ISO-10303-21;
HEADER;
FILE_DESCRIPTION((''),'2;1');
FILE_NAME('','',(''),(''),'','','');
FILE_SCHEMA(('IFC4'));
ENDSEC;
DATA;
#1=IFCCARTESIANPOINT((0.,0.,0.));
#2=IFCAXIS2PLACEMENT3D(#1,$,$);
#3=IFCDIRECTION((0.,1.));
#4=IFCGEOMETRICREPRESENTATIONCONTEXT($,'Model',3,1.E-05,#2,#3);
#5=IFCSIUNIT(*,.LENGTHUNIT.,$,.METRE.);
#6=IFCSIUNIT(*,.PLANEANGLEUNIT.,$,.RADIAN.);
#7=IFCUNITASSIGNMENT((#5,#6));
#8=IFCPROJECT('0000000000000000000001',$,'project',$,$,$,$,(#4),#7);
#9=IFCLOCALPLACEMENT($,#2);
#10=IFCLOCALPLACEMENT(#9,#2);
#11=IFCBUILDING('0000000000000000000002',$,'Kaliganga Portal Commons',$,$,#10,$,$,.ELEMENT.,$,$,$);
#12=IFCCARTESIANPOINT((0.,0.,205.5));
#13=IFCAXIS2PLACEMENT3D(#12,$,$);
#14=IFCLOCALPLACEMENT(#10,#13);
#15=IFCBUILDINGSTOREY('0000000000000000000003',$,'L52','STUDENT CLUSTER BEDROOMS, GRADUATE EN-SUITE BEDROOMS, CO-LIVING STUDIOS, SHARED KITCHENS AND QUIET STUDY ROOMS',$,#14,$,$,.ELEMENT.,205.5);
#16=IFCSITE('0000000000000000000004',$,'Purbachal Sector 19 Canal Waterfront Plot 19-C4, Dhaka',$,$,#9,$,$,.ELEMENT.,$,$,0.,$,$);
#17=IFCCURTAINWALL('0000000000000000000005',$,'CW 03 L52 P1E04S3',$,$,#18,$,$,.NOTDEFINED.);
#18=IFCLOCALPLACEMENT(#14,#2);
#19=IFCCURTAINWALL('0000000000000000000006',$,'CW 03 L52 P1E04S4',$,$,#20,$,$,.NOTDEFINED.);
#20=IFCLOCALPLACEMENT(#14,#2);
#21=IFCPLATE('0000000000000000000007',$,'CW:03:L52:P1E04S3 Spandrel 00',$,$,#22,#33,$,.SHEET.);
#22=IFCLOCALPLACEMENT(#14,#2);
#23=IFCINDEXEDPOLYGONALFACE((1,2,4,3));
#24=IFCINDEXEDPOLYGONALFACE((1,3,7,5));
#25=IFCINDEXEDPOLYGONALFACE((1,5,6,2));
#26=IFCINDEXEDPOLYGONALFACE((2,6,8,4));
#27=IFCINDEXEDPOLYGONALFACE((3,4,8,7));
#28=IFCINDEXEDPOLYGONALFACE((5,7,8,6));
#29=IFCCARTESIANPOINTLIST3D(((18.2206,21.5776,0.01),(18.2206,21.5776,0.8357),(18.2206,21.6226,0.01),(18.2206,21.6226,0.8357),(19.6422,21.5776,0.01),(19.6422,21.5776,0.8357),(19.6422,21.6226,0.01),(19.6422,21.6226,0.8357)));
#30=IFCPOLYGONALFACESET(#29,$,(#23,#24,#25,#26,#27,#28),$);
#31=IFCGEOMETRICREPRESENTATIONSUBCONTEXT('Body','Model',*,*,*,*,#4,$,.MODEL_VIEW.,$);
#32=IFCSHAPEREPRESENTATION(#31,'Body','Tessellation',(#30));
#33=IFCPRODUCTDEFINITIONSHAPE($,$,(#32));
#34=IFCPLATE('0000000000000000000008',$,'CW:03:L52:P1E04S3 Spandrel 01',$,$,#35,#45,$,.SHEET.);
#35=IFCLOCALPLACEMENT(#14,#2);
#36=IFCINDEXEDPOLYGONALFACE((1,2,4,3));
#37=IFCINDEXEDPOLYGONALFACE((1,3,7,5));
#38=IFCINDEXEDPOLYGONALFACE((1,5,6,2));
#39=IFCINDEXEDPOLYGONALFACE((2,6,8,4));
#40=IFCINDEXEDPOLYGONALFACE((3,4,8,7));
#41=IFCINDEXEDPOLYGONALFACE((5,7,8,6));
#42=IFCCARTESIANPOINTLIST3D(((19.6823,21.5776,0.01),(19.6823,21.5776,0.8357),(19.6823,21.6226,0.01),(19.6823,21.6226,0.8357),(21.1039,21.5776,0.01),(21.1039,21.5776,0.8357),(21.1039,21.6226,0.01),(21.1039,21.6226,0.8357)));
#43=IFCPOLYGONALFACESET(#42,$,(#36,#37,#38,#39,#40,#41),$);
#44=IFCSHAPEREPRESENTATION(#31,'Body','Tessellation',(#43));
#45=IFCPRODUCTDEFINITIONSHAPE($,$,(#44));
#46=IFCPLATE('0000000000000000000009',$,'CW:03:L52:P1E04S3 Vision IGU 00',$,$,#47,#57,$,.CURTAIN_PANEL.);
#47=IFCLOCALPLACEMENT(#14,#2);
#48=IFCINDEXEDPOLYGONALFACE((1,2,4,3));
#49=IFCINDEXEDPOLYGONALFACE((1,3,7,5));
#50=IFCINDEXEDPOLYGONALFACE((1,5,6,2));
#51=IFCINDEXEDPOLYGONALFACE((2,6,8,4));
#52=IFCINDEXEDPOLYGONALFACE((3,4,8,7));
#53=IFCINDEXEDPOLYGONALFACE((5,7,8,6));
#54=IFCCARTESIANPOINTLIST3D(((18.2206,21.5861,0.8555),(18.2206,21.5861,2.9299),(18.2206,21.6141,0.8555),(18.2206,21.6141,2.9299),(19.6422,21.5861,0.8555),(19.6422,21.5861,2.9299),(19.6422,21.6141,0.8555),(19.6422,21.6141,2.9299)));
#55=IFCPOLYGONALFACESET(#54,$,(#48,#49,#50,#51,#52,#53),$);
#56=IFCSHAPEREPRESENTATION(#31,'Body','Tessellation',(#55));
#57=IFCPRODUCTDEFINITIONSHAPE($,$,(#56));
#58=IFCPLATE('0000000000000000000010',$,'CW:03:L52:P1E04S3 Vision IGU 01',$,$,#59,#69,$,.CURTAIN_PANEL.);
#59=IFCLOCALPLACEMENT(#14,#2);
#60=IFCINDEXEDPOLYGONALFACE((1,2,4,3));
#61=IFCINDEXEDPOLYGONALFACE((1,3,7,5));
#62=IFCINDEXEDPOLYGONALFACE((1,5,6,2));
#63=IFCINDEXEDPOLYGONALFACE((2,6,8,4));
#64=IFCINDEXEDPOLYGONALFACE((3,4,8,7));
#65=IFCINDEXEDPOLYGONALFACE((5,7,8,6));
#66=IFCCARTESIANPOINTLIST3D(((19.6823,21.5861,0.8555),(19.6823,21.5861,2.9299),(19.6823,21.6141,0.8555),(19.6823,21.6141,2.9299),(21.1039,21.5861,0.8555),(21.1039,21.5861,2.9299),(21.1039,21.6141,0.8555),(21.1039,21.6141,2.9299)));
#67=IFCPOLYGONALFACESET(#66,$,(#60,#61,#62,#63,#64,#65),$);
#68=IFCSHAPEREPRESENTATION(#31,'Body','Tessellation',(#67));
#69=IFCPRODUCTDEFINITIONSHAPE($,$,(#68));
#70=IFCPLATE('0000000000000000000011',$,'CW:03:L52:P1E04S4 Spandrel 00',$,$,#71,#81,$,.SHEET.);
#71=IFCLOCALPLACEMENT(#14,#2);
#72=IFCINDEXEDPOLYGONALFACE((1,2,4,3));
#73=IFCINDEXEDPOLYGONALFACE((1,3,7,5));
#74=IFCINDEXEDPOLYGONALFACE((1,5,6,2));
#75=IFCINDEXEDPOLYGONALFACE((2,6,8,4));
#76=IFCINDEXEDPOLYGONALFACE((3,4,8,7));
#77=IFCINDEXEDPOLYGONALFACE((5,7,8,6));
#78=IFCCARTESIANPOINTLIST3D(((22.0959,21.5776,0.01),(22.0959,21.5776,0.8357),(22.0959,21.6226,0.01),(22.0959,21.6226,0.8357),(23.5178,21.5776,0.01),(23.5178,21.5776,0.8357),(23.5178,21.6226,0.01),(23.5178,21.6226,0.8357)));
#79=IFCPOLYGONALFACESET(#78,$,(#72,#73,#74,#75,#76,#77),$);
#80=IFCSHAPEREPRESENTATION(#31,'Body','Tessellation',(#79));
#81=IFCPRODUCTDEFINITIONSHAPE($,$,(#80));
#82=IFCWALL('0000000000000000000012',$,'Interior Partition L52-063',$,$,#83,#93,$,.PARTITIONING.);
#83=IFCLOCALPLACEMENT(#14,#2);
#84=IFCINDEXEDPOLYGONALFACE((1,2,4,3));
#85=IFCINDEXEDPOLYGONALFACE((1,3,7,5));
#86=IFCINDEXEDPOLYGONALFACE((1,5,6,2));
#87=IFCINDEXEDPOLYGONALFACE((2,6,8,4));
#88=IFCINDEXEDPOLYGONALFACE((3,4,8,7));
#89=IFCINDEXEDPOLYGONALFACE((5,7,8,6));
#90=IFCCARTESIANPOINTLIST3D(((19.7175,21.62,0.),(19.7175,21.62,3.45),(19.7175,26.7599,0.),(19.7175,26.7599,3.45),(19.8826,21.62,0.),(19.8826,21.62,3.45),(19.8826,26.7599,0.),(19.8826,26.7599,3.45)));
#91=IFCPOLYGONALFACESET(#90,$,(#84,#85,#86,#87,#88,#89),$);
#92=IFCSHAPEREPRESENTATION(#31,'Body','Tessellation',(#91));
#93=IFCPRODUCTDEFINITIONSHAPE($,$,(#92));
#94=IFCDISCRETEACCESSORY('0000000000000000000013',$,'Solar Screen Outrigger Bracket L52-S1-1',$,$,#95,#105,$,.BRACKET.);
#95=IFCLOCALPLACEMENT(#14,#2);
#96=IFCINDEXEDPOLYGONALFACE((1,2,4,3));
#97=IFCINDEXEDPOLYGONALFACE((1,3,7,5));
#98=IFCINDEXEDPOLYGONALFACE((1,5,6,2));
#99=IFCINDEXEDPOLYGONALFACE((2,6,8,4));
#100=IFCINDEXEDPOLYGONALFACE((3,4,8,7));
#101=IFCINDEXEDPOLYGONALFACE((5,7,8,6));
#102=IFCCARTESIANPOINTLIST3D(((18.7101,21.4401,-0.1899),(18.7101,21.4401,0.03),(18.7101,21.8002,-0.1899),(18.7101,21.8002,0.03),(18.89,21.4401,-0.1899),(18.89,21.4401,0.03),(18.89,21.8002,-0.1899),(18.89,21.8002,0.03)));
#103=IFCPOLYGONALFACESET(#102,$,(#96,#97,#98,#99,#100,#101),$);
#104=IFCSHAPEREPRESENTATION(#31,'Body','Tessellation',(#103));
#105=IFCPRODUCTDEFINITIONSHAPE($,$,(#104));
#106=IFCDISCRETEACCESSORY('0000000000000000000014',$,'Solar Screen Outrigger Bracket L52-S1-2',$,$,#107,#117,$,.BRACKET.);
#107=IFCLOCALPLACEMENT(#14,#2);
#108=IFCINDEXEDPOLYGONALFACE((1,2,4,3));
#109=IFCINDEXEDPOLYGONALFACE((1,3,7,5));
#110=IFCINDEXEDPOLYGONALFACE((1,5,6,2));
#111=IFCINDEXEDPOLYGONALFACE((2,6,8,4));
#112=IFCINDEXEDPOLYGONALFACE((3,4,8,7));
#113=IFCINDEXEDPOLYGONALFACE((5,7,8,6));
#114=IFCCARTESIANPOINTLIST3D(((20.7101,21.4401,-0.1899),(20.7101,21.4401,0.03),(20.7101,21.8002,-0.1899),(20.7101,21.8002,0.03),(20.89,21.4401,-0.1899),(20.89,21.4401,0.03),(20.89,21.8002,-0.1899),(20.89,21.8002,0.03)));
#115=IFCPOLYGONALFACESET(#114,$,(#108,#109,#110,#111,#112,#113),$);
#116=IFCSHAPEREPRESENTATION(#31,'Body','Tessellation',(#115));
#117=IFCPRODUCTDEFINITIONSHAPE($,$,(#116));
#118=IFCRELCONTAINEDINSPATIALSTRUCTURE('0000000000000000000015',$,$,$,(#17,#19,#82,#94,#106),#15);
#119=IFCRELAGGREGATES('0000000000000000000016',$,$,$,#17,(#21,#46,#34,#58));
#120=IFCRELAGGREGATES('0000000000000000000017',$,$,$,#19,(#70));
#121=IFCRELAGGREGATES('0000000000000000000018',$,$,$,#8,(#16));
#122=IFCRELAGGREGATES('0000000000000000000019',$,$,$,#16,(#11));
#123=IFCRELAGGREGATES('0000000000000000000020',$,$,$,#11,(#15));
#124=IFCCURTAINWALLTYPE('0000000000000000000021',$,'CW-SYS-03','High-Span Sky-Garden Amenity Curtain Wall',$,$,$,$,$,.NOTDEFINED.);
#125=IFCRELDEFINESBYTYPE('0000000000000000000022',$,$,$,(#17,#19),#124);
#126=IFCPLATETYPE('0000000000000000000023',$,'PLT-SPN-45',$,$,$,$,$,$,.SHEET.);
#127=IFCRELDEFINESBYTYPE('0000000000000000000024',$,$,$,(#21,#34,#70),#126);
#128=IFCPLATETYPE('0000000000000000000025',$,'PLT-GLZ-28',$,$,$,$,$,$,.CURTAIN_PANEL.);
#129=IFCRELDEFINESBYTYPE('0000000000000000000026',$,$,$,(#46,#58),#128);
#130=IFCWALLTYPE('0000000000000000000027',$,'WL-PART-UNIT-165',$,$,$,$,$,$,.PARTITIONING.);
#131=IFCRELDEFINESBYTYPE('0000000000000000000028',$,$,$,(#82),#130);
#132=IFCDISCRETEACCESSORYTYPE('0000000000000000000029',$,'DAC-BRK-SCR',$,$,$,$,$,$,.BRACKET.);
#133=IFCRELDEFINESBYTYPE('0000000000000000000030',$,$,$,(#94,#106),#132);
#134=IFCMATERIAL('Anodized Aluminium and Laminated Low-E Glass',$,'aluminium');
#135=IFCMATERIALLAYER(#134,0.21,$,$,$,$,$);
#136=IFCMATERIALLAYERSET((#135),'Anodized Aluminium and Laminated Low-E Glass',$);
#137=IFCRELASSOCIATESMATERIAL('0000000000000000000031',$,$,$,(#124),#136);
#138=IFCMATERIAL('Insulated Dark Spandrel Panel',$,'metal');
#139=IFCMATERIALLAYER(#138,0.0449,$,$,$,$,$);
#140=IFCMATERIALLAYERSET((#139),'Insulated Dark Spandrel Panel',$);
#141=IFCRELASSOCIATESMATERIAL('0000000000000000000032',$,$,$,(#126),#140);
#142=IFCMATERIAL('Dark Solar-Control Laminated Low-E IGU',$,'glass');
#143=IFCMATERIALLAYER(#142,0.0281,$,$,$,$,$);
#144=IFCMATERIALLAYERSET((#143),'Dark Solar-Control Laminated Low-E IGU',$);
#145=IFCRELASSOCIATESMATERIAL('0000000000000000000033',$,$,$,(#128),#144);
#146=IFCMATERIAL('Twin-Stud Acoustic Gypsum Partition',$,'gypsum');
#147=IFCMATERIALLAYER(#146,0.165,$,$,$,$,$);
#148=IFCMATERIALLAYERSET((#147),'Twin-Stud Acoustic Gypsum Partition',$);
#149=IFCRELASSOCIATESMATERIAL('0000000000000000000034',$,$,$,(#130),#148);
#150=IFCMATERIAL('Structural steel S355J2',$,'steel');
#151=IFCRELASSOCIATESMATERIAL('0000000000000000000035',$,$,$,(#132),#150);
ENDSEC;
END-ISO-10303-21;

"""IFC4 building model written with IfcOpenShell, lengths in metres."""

from ifc_helpers import new_model, si_unit, direction, frame, frame_2d, origin, origin_2d, place, context, subcontext, project, spatial, rectangle, extrude, source, transform, mapped, material, layer, layer_set, type_object, element, aggregate, save


model = new_model("IFC4")

# Units and contexts
model_context = context("Model", 3, precision=1e-05, world=origin(), true_north=direction((0.0, 1.0)))
body_context = subcontext(model_context, "Body", "Model", "MODEL_VIEW")
ifc_project = project(units=[si_unit("LENGTHUNIT", "METRE"), si_unit("PLANEANGLEUNIT", "RADIAN")], contexts=[model_context])

# Site, building, storey
site_placement = place(None, origin())
site = spatial("IfcSite", under=ifc_project, at=site_placement, Name="Purbachal Sector 19 Canal Waterfront Plot 19-C4, Dhaka", CompositionType="ELEMENT", RefElevation=0.0)
building_placement = place(site_placement, origin())
building = spatial("IfcBuilding", under=site, at=building_placement, Name="Kaliganga Portal Commons", CompositionType="ELEMENT")
storey_placement = place(building_placement, frame((0.0, 0.0, 205.5)))
storey = spatial("IfcBuildingStorey", under=building, at=storey_placement, Name="L52", Description="STUDENT CLUSTER BEDROOMS, GRADUATE EN-SUITE BEDROOMS, CO-LIVING STUDIOS, SHARED KITCHENS AND QUIET STUDY ROOMS", CompositionType="ELEMENT", Elevation=205.5)

# Shared definitions
ifc_material_1 = material(Name="Structural steel S355J2", Category="steel")

# Curtain wall
ifc_material_2 = material(Name="Anodized Aluminium and Laminated Low-E Glass", Category="aluminium")
ifc_layer_1 = layer(ifc_material_2, 0.21)
ifc_layer_set_1 = layer_set([ifc_layer_1], Name="Anodized Aluminium and Laminated Low-E Glass")
curtain_wall_type = type_object("IfcCurtainWallType", Name="CW-SYS-03", Description="High-Span Sky-Garden Amenity Curtain Wall", PredefinedType="NOTDEFINED", material=ifc_layer_set_1)
curtain_wall_1_placement = place(storey_placement, origin())
curtain_wall_1 = element("IfcCurtainWall", 1, at=curtain_wall_1_placement, inside=storey, type_object=curtain_wall_type, Name="CW 03 L52 P1E04S3", PredefinedType="NOTDEFINED")

# Curtain wall
curtain_wall_2_placement = place(storey_placement, origin())
curtain_wall_2 = element("IfcCurtainWall", 2, at=curtain_wall_2_placement, inside=storey, type_object=curtain_wall_type, Name="CW 03 L52 P1E04S4", PredefinedType="NOTDEFINED")

# Plates
ifc_material_3 = material(Name="Insulated Dark Spandrel Panel", Category="metal")
ifc_layer_2 = layer(ifc_material_3, 0.0449)
ifc_layer_set_2 = layer_set([ifc_layer_2], Name="Insulated Dark Spandrel Panel")
plate_type_1 = type_object("IfcPlateType", Name="PLT-SPN-45", PredefinedType="SHEET", material=ifc_layer_set_2)
shared_shape_1 = source(origin(), body_context, "Body", "SweptSolid", [
    extrude(rectangle(XDim=1.4216, YDim=0.0449, at=origin_2d()), origin(), (0.0, 0.0, 1.0), 0.8257),
])
plate_1_placement = place(storey_placement, frame((18.9314, 21.6001, 0.01), z_axis=(0.0, 0.0, 1.0), x_axis=(1.0, 0.0, 0.0)))
plate_1 = element("IfcPlate", 3, at=plate_1_placement, type_object=plate_type_1, Name="CW:03:L52:P1E04S3 Spandrel 00", PredefinedType="SHEET", context=body_context, shape_type="MappedRepresentation", body=[
    mapped(shared_shape_1, transform((0.0, 0.0, 0.0), x_axis=(1.0, 0.0, 0.0), y_axis=(0.0, 1.0, 0.0), z_axis=(0.0, 0.0, 1.0), scale=1.0)),
])
plate_2_placement = place(storey_placement, frame((20.3931, 21.6001, 0.01), z_axis=(0.0, 0.0, 1.0), x_axis=(1.0, 0.0, 0.0)))
plate_2 = element("IfcPlate", 4, at=plate_2_placement, type_object=plate_type_1, Name="CW:03:L52:P1E04S3 Spandrel 01", PredefinedType="SHEET", context=body_context, shape_type="MappedRepresentation", body=[
    mapped(shared_shape_1, transform((0.0, 0.0, 0.0), x_axis=(1.0, 0.0, 0.0), y_axis=(0.0, 1.0, 0.0), z_axis=(0.0, 0.0, 1.0), scale=1.0)),
])
ifc_material_4 = material(Name="Dark Solar-Control Laminated Low-E IGU", Category="glass")
ifc_layer_3 = layer(ifc_material_4, 0.0281)
ifc_layer_set_3 = layer_set([ifc_layer_3], Name="Dark Solar-Control Laminated Low-E IGU")
plate_type_2 = type_object("IfcPlateType", Name="PLT-GLZ-28", PredefinedType="CURTAIN_PANEL", material=ifc_layer_set_3)
shared_shape_2 = source(origin(), body_context, "Body", "SweptSolid", [
    extrude(rectangle(XDim=1.4216, YDim=0.0281, at=origin_2d()), origin(), (0.0, 0.0, 1.0), 2.0745),
])
plate_3_placement = place(storey_placement, frame((18.9314, 21.6001, 0.8555), z_axis=(0.0, 0.0, 1.0), x_axis=(1.0, 0.0, 0.0)))
plate_3 = element("IfcPlate", 5, at=plate_3_placement, type_object=plate_type_2, Name="CW:03:L52:P1E04S3 Vision IGU 00", PredefinedType="CURTAIN_PANEL", context=body_context, shape_type="MappedRepresentation", body=[
    mapped(shared_shape_2, transform((0.0, 0.0, 0.0), x_axis=(1.0, 0.0, 0.0), y_axis=(0.0, 1.0, 0.0), z_axis=(0.0, 0.0, 1.0), scale=1.0)),
])
plate_4_placement = place(storey_placement, frame((20.3931, 21.6001, 0.8555), z_axis=(0.0, 0.0, 1.0), x_axis=(1.0, 0.0, 0.0)))
plate_4 = element("IfcPlate", 6, at=plate_4_placement, type_object=plate_type_2, Name="CW:03:L52:P1E04S3 Vision IGU 01", PredefinedType="CURTAIN_PANEL", context=body_context, shape_type="MappedRepresentation", body=[
    mapped(shared_shape_2, transform((0.0, 0.0, 0.0), x_axis=(1.0, 0.0, 0.0), y_axis=(0.0, 1.0, 0.0), z_axis=(0.0, 0.0, 1.0), scale=1.0)),
])
aggregate(curtain_wall_1, [plate_1, plate_3, plate_2, plate_4])
shared_shape_3 = source(origin(), body_context, "Body", "SweptSolid", [
    extrude(rectangle(XDim=1.4219, YDim=0.0449, at=origin_2d()), origin(), (0.0, 0.0, 1.0), 0.8257),
])
plate_5_placement = place(storey_placement, frame((22.8069, 21.6001, 0.01), z_axis=(0.0, 0.0, 1.0), x_axis=(1.0, 0.0, 0.0)))
plate_5 = element("IfcPlate", 7, at=plate_5_placement, type_object=plate_type_1, Name="CW:03:L52:P1E04S4 Spandrel 00", PredefinedType="SHEET", context=body_context, shape_type="MappedRepresentation", body=[
    mapped(shared_shape_3, transform((0.0, 0.0, 0.0), x_axis=(1.0, 0.0, 0.0), y_axis=(0.0, 1.0, 0.0), z_axis=(0.0, 0.0, 1.0), scale=1.0)),
])
aggregate(curtain_wall_2, [plate_5])

# Wall
ifc_material_5 = material(Name="Twin-Stud Acoustic Gypsum Partition", Category="gypsum")
ifc_layer_4 = layer(ifc_material_5, 0.165)
ifc_layer_set_4 = layer_set([ifc_layer_4], Name="Twin-Stud Acoustic Gypsum Partition")
wall_type = type_object("IfcWallType", Name="WL-PART-UNIT-165", PredefinedType="PARTITIONING", material=ifc_layer_set_4)
wall_placement = place(storey_placement, frame((19.8, 21.6201, 0.0), z_axis=(0.0, 0.0, 1.0), x_axis=(0.0, 1.0, 0.0)))
element("IfcWall", 8, at=wall_placement, inside=storey, type_object=wall_type, Name="Interior Partition L52-063", PredefinedType="PARTITIONING", context=body_context, shape_type="SweptSolid", body=[
    extrude(rectangle(XDim=5.1399, YDim=0.165, at=frame_2d((2.5698, 0.0))), origin(), (0.0, 0.0, 1.0), 3.45),
])

# Discrete accessories
discrete_accessory_type = type_object("IfcDiscreteAccessoryType", Name="DAC-BRK-SCR", PredefinedType="BRACKET", material=ifc_material_1)
shared_shape_4 = source(origin(), body_context, "Body", "SweptSolid", [
    extrude(rectangle(XDim=0.1799, YDim=0.3601, at=origin_2d()), origin(), (0.0, 0.0, 1.0), 0.22),
])
for number, where, z_axis, x_axis, name in (
    (9, (18.8, 21.6201, -0.1899), (0.0, 0.0, 1.0), (1.0, 0.0, 0.0), "Solar Screen Outrigger Bracket L52-S1-1"),
    (10, (20.8, 21.6201, -0.1899), (0.0, 0.0, 1.0), (1.0, 0.0, 0.0), "Solar Screen Outrigger Bracket L52-S1-2"),
):
    element("IfcDiscreteAccessory", number, at=place(storey_placement, frame(where, z_axis=z_axis, x_axis=x_axis)), inside=storey, type_object=discrete_accessory_type, Name=name, PredefinedType="BRACKET", context=body_context, shape_type="MappedRepresentation", body=[
        mapped(shared_shape_4, transform((0.0, 0.0, 0.0), x_axis=(1.0, 0.0, 0.0), y_axis=(0.0, 1.0, 0.0), z_axis=(0.0, 0.0, 1.0), scale=1.0)),
    ])

save(model, "model.ifc")
